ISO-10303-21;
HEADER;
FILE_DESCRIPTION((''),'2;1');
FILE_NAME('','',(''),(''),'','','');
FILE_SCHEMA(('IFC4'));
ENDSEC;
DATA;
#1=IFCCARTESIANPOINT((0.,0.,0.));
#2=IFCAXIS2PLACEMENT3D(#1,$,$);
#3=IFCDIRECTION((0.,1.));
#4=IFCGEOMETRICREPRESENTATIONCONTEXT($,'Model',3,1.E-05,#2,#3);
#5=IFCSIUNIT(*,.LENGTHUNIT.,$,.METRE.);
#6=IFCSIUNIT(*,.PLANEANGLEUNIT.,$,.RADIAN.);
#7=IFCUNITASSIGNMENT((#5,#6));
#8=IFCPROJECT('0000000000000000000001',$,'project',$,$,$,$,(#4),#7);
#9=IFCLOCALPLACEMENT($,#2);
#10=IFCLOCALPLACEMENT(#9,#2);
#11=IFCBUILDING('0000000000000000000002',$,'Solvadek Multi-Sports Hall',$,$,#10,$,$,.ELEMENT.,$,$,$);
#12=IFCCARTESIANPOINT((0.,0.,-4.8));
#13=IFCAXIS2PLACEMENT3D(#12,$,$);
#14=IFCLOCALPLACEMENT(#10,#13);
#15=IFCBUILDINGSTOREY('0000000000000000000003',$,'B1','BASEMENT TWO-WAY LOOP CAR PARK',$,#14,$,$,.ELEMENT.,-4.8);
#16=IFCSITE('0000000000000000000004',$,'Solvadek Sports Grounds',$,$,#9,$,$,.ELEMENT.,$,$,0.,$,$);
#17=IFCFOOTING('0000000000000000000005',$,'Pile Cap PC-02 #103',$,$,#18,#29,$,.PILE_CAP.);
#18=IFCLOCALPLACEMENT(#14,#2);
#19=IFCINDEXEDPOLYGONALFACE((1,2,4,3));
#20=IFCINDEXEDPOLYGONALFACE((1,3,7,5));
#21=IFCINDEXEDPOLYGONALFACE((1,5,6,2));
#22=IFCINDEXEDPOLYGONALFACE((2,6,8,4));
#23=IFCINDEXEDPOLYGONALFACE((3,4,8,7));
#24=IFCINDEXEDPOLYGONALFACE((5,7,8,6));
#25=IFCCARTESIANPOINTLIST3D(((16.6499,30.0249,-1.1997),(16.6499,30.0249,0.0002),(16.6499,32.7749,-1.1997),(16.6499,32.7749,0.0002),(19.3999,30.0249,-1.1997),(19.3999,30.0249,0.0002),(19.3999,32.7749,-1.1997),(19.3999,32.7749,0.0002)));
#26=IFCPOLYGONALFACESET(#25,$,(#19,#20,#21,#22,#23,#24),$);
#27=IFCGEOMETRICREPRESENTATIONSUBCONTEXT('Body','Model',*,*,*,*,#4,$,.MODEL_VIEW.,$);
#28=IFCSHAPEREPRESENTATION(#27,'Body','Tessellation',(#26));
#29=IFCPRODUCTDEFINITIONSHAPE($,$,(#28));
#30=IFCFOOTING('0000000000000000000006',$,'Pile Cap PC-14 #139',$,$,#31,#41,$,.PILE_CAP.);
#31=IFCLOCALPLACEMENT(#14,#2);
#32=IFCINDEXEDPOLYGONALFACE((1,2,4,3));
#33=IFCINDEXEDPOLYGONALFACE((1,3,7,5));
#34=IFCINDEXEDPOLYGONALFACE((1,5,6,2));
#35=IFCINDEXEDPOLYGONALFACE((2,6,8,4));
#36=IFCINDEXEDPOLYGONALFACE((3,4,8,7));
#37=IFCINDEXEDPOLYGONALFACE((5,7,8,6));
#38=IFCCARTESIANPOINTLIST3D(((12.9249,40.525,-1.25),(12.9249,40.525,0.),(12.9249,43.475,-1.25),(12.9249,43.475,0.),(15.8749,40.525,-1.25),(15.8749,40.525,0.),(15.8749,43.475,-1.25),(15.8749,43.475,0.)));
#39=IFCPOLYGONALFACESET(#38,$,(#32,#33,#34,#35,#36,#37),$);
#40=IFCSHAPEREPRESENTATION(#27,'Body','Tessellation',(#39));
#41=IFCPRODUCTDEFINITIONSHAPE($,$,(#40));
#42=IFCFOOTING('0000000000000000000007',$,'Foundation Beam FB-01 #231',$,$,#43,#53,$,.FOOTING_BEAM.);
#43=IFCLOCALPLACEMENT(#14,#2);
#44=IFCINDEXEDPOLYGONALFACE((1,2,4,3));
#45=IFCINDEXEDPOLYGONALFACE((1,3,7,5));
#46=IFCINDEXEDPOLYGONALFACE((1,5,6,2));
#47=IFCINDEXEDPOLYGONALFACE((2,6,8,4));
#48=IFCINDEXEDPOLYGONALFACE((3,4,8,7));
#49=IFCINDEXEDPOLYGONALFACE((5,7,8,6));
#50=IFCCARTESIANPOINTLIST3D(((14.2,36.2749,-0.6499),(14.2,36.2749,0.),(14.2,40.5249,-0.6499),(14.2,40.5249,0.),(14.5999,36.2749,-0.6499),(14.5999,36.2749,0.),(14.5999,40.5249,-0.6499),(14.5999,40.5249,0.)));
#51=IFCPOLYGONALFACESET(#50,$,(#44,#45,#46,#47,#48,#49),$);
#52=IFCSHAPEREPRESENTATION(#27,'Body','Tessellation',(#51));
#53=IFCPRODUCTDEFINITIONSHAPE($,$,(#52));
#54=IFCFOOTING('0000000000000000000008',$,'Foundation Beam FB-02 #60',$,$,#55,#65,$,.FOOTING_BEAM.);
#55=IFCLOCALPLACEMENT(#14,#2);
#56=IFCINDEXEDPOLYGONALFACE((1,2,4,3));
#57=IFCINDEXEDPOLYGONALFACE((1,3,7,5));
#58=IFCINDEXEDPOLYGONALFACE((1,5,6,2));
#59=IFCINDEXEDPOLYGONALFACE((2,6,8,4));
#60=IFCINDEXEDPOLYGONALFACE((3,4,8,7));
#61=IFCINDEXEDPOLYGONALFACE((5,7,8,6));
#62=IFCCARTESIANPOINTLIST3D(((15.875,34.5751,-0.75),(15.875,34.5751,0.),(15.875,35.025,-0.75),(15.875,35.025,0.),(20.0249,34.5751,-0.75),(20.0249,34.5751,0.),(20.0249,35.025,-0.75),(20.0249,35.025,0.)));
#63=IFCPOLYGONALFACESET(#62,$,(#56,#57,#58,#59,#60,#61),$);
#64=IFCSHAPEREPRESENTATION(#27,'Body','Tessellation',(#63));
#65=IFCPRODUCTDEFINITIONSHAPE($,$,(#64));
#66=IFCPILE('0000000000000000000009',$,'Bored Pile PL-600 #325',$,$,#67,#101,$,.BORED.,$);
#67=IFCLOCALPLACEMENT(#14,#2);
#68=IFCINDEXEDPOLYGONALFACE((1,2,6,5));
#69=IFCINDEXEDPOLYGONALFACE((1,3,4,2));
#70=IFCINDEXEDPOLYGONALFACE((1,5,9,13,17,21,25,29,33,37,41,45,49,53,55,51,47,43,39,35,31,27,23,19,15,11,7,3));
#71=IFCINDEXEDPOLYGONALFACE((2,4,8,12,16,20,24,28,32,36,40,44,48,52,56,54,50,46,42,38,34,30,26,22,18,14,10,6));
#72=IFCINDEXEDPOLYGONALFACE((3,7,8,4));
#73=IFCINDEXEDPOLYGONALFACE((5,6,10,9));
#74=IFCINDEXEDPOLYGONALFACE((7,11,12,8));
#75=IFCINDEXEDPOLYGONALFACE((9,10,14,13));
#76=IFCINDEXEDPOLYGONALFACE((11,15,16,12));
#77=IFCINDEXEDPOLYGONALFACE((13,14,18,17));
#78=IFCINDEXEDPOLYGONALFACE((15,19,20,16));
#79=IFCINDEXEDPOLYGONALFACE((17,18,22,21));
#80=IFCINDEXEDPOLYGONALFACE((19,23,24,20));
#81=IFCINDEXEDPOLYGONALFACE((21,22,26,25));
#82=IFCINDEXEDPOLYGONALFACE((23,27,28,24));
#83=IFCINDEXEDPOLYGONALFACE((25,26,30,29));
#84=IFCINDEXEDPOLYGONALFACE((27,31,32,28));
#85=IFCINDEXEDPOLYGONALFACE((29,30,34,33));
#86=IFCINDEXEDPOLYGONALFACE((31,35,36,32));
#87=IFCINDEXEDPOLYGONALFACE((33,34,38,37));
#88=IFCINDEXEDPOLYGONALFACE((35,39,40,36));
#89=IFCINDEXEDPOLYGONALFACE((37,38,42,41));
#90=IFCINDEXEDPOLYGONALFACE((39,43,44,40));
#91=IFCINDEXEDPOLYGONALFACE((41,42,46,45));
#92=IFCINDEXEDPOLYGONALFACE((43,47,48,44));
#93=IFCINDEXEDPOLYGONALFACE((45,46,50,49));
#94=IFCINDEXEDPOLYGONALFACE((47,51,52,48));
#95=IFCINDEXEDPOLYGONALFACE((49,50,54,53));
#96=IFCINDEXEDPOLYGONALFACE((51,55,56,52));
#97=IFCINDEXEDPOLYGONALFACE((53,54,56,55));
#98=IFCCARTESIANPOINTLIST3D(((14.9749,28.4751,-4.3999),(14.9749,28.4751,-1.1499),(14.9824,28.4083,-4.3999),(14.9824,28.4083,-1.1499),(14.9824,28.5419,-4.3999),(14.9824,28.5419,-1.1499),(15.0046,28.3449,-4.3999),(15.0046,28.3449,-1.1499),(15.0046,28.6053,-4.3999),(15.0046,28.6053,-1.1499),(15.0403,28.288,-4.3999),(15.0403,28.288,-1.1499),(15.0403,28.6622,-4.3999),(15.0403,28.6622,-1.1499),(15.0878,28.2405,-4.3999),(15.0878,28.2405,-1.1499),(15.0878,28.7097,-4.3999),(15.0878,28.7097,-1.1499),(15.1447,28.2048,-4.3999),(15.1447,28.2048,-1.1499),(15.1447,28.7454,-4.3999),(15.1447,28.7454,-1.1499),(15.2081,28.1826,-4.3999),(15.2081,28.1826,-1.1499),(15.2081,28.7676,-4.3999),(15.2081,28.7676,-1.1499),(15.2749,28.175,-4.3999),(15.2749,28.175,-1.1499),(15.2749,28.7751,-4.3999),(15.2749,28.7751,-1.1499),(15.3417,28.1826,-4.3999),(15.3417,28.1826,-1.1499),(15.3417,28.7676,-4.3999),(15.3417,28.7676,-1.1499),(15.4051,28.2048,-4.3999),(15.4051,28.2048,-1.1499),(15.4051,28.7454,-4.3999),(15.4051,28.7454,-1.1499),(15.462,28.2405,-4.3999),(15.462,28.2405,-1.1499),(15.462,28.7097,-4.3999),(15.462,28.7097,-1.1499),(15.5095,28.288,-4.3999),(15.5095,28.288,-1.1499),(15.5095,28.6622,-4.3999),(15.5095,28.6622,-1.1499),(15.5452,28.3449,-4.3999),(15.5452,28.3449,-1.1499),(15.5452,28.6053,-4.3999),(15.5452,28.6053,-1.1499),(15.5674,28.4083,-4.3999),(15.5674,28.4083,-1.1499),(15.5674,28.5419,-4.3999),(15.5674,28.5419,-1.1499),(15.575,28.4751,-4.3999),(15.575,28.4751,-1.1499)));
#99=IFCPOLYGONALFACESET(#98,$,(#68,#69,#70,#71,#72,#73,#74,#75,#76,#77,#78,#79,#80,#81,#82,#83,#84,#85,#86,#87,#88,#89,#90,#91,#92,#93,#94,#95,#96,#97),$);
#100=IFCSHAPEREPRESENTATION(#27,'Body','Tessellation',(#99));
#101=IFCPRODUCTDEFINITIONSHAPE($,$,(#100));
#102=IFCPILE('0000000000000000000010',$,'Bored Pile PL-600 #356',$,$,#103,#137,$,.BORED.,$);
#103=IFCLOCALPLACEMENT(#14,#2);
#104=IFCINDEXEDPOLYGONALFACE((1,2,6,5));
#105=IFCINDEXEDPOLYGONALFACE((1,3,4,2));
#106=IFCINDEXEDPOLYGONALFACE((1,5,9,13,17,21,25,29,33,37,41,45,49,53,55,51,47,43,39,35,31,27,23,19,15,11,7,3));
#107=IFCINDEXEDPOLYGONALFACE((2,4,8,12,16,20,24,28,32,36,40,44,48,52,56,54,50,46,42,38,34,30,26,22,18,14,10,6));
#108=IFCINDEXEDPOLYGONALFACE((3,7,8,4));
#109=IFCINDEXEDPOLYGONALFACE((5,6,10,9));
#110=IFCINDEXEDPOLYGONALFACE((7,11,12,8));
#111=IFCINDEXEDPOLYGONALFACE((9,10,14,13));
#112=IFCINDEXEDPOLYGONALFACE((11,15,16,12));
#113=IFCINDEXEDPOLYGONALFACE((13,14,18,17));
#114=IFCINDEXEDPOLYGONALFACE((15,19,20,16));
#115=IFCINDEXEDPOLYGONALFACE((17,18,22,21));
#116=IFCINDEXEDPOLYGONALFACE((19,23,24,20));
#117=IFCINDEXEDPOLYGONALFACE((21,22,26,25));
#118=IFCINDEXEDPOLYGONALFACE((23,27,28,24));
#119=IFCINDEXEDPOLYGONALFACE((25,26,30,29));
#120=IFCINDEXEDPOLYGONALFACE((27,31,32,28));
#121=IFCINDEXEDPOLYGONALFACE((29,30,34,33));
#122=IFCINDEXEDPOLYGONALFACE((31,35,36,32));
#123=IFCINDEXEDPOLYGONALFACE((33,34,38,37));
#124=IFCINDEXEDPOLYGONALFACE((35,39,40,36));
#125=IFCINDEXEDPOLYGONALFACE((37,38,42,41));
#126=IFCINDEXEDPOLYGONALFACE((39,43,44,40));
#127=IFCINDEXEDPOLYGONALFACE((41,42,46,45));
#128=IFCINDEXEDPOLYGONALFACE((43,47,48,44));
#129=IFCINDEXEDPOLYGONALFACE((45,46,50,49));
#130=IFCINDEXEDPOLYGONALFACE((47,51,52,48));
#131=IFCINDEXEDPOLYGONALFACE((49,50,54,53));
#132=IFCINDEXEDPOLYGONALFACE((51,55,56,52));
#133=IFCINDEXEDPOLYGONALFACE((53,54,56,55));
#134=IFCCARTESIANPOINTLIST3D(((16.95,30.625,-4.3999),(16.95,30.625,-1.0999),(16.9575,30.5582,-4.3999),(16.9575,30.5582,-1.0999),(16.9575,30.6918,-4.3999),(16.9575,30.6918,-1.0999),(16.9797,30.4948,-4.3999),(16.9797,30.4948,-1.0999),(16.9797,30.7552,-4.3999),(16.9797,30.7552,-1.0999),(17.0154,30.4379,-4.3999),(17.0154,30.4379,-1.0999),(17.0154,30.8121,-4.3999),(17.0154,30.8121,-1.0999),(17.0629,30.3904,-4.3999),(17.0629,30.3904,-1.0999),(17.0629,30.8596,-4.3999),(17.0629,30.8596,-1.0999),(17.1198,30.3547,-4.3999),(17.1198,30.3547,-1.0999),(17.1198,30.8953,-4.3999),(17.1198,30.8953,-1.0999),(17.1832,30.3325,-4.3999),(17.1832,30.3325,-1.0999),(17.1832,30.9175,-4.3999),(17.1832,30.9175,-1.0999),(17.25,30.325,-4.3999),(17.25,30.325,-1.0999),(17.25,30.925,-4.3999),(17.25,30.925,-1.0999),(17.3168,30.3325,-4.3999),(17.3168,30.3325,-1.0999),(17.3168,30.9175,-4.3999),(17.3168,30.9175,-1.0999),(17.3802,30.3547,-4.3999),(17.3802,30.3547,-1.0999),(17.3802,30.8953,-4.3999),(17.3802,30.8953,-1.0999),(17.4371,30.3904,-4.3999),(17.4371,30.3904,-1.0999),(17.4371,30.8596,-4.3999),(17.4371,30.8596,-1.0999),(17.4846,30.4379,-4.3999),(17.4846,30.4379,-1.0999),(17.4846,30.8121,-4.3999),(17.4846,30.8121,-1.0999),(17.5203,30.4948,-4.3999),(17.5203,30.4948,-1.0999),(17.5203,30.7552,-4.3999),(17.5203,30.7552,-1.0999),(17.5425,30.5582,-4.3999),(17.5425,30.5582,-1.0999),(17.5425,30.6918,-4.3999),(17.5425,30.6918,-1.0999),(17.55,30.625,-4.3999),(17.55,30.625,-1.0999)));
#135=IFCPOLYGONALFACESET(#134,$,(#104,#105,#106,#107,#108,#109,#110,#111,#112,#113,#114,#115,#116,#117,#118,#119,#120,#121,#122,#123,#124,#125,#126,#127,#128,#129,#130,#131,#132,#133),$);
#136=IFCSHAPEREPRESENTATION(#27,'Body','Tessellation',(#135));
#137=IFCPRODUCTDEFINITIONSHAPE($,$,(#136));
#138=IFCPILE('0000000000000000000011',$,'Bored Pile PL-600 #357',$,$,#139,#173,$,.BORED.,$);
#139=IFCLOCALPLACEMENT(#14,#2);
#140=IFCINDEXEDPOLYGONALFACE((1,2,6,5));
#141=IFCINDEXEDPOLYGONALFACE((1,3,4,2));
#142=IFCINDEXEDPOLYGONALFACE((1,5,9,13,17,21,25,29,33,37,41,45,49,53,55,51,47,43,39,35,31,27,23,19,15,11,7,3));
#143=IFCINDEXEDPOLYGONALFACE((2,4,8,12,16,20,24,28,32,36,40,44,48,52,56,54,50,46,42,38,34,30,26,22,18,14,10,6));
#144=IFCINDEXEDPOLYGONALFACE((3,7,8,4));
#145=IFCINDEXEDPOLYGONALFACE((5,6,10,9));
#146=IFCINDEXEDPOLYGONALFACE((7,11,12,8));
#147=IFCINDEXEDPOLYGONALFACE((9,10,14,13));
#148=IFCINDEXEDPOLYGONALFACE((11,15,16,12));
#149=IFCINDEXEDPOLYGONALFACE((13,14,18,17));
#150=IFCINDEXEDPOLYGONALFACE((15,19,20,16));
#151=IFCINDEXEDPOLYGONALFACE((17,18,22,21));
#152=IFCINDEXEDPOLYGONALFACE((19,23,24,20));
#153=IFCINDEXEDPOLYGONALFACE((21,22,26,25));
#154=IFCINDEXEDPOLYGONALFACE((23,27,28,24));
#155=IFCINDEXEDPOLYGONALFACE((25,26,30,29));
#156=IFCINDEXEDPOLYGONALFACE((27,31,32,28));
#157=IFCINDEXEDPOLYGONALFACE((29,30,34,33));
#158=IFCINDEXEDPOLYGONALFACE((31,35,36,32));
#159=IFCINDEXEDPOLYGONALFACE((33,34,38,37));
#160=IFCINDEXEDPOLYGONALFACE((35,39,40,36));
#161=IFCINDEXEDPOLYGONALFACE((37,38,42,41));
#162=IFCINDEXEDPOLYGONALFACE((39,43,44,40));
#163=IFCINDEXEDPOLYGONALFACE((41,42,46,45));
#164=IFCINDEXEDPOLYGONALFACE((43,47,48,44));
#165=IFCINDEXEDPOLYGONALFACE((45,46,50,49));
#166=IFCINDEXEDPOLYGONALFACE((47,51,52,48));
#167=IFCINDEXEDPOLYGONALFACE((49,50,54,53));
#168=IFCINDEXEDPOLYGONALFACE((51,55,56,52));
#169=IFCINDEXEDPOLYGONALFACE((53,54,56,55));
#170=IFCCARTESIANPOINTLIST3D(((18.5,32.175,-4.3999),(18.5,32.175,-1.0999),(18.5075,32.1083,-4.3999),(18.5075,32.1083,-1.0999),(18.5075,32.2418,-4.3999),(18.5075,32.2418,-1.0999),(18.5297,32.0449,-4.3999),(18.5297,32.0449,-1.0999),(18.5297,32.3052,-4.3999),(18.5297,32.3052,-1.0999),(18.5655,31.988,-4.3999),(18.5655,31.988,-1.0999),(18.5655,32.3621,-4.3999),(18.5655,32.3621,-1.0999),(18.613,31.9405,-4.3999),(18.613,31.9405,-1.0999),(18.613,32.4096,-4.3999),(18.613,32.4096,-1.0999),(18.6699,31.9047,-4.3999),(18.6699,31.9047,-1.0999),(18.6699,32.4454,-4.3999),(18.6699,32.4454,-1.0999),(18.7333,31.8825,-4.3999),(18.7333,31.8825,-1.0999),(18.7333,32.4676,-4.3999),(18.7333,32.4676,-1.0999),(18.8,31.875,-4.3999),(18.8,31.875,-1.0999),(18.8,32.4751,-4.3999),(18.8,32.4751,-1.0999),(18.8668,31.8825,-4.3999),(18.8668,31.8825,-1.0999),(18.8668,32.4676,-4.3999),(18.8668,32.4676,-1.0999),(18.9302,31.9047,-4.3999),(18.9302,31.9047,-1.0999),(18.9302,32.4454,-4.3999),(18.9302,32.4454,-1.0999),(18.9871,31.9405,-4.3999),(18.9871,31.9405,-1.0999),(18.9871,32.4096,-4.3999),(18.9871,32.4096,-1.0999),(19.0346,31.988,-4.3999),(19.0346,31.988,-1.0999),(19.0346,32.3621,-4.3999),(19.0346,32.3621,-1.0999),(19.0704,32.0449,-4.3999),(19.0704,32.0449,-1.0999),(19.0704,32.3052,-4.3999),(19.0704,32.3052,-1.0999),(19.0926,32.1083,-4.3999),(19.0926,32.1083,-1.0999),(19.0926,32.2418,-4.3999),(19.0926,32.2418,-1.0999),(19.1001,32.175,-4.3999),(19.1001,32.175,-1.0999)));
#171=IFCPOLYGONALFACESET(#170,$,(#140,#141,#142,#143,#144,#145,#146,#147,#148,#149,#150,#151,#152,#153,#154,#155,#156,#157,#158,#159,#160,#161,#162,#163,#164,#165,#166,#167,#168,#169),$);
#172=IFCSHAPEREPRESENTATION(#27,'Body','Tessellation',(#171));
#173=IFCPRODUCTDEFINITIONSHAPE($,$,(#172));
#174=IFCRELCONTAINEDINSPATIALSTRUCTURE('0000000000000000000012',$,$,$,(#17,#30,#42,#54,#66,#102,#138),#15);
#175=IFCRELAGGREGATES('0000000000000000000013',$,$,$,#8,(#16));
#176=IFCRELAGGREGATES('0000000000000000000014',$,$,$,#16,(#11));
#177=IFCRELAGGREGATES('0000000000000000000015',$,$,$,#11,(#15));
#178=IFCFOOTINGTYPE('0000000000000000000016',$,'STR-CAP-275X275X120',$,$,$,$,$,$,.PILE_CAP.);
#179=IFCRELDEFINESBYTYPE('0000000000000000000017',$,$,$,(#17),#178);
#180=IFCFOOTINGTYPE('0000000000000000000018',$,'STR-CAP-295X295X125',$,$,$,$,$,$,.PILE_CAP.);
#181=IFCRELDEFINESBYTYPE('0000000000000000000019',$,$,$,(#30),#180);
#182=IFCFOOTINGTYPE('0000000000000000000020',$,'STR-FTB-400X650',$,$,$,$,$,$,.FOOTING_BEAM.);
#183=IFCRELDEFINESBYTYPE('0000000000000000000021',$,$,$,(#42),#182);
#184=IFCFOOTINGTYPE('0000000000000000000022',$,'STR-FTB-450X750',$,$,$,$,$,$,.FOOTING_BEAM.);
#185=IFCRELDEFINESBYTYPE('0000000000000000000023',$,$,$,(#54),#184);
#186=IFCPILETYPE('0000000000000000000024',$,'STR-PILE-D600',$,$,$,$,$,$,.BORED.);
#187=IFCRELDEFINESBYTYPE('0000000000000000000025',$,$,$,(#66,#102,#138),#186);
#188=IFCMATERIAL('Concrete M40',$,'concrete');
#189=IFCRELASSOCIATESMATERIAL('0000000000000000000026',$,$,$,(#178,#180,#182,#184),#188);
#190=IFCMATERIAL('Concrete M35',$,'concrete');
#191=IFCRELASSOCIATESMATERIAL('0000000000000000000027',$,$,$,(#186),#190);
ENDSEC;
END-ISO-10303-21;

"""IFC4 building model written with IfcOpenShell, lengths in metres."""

from ifc_helpers import new_model, si_unit, direction, frame, origin, origin_2d, place, context, subcontext, project, spatial, rectangle, circle, extrude, material, material_profile, profile_set, type_object, element, save


model = new_model("IFC4")

# Units and contexts
model_context = context("Model", 3, precision=1e-05, world=origin(), true_north=direction((0.0, 1.0)))
body_context = subcontext(model_context, "Body", "Model", "MODEL_VIEW")
ifc_project = project(units=[si_unit("LENGTHUNIT", "METRE"), si_unit("PLANEANGLEUNIT", "RADIAN")], contexts=[model_context])

# Site, building, storey
site_placement = place(None, origin())
site = spatial("IfcSite", under=ifc_project, at=site_placement, Name="Solvadek Sports Grounds", CompositionType="ELEMENT", RefElevation=0.0)
building_placement = place(site_placement, origin())
building = spatial("IfcBuilding", under=site, at=building_placement, Name="Solvadek Multi-Sports Hall", CompositionType="ELEMENT")
storey_placement = place(building_placement, frame((0.0, 0.0, -4.8)))
storey = spatial("IfcBuildingStorey", under=building, at=storey_placement, Name="B1", Description="BASEMENT TWO-WAY LOOP CAR PARK", CompositionType="ELEMENT", Elevation=-4.8)

# Footings
ifc_material_1 = material(Name="Concrete M40", Category="concrete")
footing_type_1 = type_object("IfcFootingType", Name="STR-CAP-275X275X120", PredefinedType="PILE_CAP", material=ifc_material_1)
footing_1_placement = place(storey_placement, frame((18.0249, 31.3999, -1.1997), z_axis=(0.0, 0.0, 1.0), x_axis=(1.0, 0.0, 0.0)))
element("IfcFooting", 1, at=footing_1_placement, inside=storey, type_object=footing_type_1, Name="Pile Cap PC-02 #103", PredefinedType="PILE_CAP", context=body_context, shape_type="SweptSolid", body=[
    extrude(rectangle(XDim=2.75, YDim=2.75, at=origin_2d()), origin(), (0.0, 0.0, 1.0), 1.2),
])
footing_type_2 = type_object("IfcFootingType", Name="STR-CAP-295X295X125", PredefinedType="PILE_CAP", material=ifc_material_1)
footing_2_placement = place(storey_placement, frame((14.3999, 42.0, -1.25), z_axis=(0.0, 0.0, 1.0), x_axis=(1.0, 0.0, 0.0)))
element("IfcFooting", 2, at=footing_2_placement, inside=storey, type_object=footing_type_2, Name="Pile Cap PC-14 #139", PredefinedType="PILE_CAP", context=body_context, shape_type="SweptSolid", body=[
    extrude(rectangle(XDim=2.95, YDim=2.95, at=origin_2d()), origin(), (0.0, 0.0, 1.0), 1.25),
])
footing_type_3 = type_object("IfcFootingType", Name="STR-FTB-400X650", PredefinedType="FOOTING_BEAM", material=ifc_material_1)
footing_3_placement = place(storey_placement, frame((14.3999, 38.3999, -0.6499), z_axis=(0.0, 0.0, 1.0), x_axis=(0.0, 1.0, 0.0)))
element("IfcFooting", 3, at=footing_3_placement, inside=storey, type_object=footing_type_3, Name="Foundation Beam FB-01 #231", PredefinedType="FOOTING_BEAM", context=body_context, shape_type="SweptSolid", body=[
    extrude(rectangle(XDim=4.25, YDim=0.3999, at=origin_2d()), origin(), (0.0, 0.0, 1.0), 0.6499),
])
footing_type_4 = type_object("IfcFootingType", Name="STR-FTB-450X750", PredefinedType="FOOTING_BEAM", material=ifc_material_1)
footing_4_placement = place(storey_placement, frame((17.95, 34.8, -0.75), z_axis=(0.0, 0.0, 1.0), x_axis=(1.0, 0.0, 0.0)))
element("IfcFooting", 4, at=footing_4_placement, inside=storey, type_object=footing_type_4, Name="Foundation Beam FB-02 #60", PredefinedType="FOOTING_BEAM", context=body_context, shape_type="SweptSolid", body=[
    extrude(rectangle(XDim=4.1499, YDim=0.45, at=origin_2d()), origin(), (0.0, 0.0, 1.0), 0.75),
])

# Piles
ifc_material_2 = material(Name="Concrete M35", Category="concrete")
ifc_material_profile_1 = material_profile(ifc_material_2, circle(Radius=0.3, at=origin_2d()), Name="BORED PILE D600")
ifc_profile_set_1 = profile_set([ifc_material_profile_1], Name="Concrete M35")
pile_type_1 = type_object("IfcPileType", Name="STR-PILE-D600", PredefinedType="BORED", material=ifc_profile_set_1)
pile_1_placement = place(storey_placement, frame((15.2749, 28.4751, -1.1499), z_axis=(0.0, 0.0, -1.0), x_axis=(1.0, 0.0, 0.0)))
element("IfcPile", 5, at=pile_1_placement, inside=storey, type_object=pile_type_1, Name="Bored Pile PL-600 #325", PredefinedType="BORED", context=body_context, shape_type="SweptSolid", body=[
    extrude(circle(Radius=0.3, at=origin_2d()), origin(), (0.0, 0.0, 1.0), 3.25),
])
for number, where, z_axis, x_axis, name in (
    (6, (17.25, 30.625, -1.0999), (0.0, 0.0, -1.0), (1.0, 0.0, 0.0), "Bored Pile PL-600 #356"),
    (7, (18.8, 32.175, -1.0999), (0.0, 0.0, -1.0), (1.0, 0.0, 0.0), "Bored Pile PL-600 #357"),
):
    element("IfcPile", number, at=place(storey_placement, frame(where, z_axis=z_axis, x_axis=x_axis)), inside=storey, type_object=pile_type_1, Name=name, PredefinedType="BORED", context=body_context, shape_type="SweptSolid", body=[
        extrude(circle(Radius=0.3, at=origin_2d()), origin(), (0.0, 0.0, 1.0), 3.3),
    ])

save(model, "model.ifc")
